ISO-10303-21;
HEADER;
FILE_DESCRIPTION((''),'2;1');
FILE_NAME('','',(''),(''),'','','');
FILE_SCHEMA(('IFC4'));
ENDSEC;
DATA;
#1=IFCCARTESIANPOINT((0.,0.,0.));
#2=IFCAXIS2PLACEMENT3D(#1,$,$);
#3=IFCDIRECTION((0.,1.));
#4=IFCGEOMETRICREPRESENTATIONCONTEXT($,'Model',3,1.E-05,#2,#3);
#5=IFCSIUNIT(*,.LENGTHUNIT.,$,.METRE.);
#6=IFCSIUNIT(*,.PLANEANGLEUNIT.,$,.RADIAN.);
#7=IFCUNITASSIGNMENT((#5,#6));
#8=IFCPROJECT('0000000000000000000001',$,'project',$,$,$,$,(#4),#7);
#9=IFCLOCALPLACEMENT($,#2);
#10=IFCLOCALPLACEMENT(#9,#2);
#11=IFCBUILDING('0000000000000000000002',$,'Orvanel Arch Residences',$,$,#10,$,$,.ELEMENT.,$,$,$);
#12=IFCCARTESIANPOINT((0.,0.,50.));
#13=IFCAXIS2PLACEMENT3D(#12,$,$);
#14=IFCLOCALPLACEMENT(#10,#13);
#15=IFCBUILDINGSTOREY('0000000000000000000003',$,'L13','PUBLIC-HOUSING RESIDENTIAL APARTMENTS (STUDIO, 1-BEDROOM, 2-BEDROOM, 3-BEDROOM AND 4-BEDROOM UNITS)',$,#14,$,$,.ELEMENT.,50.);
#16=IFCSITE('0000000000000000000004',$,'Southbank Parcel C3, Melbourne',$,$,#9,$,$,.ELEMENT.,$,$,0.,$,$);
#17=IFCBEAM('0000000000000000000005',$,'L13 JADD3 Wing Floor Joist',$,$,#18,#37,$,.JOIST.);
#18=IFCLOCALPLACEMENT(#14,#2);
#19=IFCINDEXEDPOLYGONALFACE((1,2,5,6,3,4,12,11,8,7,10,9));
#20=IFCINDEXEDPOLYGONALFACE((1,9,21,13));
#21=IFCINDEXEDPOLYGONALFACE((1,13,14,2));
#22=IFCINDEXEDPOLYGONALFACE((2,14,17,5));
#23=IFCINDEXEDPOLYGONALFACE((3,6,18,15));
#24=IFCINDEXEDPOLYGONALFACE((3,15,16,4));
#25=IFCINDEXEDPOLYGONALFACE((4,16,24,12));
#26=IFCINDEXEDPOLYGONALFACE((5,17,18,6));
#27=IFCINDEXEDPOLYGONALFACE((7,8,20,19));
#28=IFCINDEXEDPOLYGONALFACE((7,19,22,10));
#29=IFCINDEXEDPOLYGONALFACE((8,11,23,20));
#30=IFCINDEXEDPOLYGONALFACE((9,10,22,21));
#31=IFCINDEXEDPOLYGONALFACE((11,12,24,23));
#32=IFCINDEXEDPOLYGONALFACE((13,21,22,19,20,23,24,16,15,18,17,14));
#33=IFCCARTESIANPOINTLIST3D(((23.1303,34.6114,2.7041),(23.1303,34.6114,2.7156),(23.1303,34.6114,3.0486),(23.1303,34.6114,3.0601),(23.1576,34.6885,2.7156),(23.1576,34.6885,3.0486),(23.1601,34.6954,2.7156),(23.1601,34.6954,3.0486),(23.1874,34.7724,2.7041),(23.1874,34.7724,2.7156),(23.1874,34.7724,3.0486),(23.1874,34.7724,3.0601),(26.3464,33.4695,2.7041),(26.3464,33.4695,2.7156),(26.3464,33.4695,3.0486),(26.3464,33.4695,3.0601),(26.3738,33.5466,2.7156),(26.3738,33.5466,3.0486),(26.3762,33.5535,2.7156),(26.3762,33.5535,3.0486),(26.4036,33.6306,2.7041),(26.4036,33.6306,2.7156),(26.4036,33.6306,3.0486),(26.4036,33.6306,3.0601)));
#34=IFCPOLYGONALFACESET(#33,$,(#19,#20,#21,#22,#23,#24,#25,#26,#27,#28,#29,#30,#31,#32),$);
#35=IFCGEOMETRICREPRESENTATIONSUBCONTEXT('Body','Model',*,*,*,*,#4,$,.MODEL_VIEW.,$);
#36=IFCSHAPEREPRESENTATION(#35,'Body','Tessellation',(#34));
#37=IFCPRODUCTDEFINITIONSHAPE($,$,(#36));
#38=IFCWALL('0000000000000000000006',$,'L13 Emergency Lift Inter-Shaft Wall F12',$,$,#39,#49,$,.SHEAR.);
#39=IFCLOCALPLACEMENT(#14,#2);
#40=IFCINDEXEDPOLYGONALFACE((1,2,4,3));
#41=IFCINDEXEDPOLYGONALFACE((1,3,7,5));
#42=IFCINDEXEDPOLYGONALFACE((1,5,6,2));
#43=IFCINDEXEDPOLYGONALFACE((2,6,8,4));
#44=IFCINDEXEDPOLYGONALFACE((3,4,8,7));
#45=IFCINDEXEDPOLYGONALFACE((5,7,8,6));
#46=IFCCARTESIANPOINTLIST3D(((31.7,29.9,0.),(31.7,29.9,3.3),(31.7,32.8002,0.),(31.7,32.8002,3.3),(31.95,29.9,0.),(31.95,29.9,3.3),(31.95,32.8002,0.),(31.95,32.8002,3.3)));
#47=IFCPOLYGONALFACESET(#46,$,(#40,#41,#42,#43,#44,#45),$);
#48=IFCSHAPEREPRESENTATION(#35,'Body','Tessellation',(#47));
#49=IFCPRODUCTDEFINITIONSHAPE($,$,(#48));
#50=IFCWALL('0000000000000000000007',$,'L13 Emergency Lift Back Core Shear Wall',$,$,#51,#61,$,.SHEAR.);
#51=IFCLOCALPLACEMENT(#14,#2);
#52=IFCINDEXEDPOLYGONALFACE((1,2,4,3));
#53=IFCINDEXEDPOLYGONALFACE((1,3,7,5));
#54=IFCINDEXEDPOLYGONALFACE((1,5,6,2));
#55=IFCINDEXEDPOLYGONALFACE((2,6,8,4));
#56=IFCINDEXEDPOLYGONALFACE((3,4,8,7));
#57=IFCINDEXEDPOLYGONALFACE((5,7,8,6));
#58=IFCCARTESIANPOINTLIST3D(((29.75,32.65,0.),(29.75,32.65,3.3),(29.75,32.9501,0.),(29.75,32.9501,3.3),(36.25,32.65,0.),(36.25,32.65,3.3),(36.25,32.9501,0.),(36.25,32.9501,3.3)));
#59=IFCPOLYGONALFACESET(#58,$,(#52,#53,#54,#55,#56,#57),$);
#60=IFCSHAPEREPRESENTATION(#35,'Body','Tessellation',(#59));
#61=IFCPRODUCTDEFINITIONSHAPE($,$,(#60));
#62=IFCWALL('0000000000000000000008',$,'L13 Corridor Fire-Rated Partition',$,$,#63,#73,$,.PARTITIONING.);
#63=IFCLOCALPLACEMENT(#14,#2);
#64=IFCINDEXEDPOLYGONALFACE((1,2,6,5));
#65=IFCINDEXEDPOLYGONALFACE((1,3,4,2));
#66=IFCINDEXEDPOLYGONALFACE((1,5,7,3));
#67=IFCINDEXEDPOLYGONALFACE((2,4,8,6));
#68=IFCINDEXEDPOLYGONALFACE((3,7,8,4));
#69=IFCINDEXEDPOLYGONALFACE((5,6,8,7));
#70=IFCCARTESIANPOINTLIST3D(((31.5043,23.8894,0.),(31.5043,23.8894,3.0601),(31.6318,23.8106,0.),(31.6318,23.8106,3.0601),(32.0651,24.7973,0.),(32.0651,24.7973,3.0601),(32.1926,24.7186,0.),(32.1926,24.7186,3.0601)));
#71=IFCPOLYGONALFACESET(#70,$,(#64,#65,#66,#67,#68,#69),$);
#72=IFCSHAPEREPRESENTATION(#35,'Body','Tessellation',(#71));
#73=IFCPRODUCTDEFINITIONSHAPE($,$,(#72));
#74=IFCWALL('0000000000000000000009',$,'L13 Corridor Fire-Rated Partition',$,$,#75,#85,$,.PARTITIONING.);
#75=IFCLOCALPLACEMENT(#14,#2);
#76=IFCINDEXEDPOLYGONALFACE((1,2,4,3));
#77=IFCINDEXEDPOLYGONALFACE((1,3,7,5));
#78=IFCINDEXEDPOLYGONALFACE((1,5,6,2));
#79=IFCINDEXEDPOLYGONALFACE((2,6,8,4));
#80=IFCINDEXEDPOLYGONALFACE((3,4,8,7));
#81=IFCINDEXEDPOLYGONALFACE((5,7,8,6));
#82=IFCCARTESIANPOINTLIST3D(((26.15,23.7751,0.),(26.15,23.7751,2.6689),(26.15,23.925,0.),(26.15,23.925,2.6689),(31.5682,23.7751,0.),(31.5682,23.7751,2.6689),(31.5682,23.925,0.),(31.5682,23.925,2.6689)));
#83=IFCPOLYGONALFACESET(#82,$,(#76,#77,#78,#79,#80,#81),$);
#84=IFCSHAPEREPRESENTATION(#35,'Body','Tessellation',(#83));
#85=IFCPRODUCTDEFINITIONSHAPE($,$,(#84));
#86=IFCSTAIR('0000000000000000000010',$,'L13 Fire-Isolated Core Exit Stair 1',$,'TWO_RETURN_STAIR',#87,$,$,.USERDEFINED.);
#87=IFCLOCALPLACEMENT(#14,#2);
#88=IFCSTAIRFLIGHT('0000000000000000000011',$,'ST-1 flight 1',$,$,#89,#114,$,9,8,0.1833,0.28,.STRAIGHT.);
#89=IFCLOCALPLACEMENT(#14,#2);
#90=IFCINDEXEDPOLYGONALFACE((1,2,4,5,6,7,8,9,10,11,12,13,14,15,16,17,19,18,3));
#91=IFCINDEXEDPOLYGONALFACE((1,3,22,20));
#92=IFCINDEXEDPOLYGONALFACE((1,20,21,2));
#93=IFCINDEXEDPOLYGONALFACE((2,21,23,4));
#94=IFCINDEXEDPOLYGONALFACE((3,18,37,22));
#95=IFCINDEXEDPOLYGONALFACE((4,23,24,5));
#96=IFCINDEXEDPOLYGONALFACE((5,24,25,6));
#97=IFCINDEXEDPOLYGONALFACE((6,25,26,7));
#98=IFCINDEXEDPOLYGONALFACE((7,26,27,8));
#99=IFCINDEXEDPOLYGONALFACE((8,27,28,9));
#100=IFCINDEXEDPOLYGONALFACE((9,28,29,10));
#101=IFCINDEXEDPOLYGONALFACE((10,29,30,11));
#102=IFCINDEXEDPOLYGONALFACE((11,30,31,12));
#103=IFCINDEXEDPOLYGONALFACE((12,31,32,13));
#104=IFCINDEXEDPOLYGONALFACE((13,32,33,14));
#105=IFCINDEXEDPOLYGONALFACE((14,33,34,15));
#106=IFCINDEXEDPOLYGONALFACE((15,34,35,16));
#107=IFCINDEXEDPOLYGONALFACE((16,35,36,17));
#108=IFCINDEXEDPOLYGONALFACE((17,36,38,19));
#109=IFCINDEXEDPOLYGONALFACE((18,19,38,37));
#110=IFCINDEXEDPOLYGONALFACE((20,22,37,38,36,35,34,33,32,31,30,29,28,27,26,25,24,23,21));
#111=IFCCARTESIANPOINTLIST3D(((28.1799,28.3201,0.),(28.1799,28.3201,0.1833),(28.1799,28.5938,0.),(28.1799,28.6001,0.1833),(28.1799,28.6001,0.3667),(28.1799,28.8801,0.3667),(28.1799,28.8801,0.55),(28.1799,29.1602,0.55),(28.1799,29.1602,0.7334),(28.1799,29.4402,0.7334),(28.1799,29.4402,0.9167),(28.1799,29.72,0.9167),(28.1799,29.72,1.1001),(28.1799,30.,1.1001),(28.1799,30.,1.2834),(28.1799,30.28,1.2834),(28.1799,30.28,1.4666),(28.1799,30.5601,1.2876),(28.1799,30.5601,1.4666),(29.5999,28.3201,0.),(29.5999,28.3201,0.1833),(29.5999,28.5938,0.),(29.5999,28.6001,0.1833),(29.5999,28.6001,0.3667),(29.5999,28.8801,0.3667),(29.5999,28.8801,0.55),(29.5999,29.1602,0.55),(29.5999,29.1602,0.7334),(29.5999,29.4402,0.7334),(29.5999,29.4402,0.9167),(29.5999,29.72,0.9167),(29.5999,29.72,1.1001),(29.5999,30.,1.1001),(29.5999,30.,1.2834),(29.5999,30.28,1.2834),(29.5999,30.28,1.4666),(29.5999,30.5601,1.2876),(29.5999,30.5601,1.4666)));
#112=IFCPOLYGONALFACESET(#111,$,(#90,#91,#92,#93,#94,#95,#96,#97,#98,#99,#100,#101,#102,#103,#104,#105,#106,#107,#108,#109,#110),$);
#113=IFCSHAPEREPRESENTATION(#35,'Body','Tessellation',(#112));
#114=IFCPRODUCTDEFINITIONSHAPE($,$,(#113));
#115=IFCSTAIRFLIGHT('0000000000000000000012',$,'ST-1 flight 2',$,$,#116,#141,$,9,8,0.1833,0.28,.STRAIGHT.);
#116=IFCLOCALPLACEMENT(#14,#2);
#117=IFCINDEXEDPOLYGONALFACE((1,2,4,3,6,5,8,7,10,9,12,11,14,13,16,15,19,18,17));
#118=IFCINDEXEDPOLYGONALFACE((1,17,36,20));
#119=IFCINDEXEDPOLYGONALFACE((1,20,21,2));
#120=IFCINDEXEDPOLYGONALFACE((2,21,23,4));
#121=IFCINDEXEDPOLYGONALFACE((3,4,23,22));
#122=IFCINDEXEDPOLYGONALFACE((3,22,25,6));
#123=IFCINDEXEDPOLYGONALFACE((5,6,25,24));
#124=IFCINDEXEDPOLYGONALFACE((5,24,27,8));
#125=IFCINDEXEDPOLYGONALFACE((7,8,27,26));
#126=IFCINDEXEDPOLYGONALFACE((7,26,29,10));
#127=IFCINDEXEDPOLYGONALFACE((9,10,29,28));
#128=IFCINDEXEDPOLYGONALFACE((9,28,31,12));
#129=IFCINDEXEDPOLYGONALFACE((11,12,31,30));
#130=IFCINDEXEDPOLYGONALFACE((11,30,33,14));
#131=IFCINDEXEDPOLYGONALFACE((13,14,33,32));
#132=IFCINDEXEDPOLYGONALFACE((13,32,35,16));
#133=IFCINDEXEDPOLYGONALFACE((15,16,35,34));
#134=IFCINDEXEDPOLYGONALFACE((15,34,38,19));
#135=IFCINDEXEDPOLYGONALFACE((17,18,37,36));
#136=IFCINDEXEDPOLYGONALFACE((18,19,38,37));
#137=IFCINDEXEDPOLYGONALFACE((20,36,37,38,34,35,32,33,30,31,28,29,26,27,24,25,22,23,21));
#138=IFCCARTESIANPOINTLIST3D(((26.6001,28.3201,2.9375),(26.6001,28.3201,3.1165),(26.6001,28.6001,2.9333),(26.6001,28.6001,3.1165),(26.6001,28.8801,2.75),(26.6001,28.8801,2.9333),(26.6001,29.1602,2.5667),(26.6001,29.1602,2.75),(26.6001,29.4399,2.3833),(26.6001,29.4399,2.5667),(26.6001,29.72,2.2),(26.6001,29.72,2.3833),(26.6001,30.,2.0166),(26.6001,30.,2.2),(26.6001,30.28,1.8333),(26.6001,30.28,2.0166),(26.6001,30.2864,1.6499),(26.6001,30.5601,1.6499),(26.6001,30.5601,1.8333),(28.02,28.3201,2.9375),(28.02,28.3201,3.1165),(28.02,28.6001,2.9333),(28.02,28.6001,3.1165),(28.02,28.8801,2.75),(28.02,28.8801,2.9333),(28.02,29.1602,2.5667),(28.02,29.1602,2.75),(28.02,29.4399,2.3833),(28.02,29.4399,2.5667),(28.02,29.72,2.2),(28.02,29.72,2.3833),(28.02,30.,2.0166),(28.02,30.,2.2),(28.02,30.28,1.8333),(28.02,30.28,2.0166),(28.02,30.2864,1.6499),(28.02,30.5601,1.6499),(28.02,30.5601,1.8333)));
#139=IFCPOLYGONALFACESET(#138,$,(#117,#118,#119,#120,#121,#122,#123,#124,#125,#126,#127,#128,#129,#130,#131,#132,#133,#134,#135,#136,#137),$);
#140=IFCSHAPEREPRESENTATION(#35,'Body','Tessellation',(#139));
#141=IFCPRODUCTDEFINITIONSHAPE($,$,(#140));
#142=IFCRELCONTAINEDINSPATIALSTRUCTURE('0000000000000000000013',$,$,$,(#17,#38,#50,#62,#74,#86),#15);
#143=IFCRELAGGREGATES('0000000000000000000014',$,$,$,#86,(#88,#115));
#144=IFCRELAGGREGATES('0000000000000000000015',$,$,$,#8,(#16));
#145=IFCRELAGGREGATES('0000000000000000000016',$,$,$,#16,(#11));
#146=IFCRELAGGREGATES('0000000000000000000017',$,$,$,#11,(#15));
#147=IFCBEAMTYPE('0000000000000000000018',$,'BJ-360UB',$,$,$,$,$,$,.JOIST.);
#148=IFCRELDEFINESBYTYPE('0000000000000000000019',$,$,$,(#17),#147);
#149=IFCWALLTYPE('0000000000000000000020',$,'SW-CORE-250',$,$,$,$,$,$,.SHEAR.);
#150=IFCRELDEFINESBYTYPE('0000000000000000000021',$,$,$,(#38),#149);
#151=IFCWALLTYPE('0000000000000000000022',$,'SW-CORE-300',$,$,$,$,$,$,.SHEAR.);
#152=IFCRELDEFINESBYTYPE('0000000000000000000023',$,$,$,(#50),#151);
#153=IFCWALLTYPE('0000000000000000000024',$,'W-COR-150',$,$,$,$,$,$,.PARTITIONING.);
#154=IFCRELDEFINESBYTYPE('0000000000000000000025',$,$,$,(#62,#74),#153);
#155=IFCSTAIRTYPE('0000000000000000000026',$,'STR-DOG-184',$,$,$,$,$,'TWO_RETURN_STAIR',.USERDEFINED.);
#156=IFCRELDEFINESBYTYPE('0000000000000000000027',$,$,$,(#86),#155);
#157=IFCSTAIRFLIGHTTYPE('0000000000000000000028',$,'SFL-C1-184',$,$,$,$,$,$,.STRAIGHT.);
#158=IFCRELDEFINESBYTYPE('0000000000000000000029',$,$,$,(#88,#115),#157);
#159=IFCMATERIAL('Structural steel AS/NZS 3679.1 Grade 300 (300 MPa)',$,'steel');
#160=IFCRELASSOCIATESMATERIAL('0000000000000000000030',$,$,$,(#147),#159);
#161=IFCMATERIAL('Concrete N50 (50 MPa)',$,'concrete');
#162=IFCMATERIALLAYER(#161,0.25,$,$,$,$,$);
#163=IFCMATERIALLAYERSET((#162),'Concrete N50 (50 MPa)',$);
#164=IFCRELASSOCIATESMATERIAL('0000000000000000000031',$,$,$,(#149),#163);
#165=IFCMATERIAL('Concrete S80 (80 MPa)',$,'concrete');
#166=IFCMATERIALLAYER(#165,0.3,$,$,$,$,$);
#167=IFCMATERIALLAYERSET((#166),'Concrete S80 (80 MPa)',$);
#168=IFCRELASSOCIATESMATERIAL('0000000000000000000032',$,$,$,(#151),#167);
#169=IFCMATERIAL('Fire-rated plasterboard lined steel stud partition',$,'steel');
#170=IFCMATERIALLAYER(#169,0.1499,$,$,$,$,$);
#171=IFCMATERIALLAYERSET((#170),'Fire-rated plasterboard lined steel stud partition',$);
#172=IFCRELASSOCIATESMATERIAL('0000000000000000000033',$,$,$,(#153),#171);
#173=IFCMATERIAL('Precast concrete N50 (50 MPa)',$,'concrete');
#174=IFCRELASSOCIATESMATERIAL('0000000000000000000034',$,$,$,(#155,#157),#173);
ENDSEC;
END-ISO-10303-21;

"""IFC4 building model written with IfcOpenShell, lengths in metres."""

from ifc_helpers import new_model, si_unit, direction, frame, frame_2d, origin, origin_2d, place, context, subcontext, project, spatial, polyline, rectangle, i_section, outline, extrude, material, layer, layer_set, material_profile, profile_set, type_object, element, aggregate, save


model = new_model("IFC4")

# Units and contexts
model_context = context("Model", 3, precision=1e-05, world=origin(), true_north=direction((0.0, 1.0)))
body_context = subcontext(model_context, "Body", "Model", "MODEL_VIEW")
ifc_project = project(units=[si_unit("LENGTHUNIT", "METRE"), si_unit("PLANEANGLEUNIT", "RADIAN")], contexts=[model_context])

# Site, building, storey
site_placement = place(None, origin())
site = spatial("IfcSite", under=ifc_project, at=site_placement, Name="Southbank Parcel C3, Melbourne", CompositionType="ELEMENT", RefElevation=0.0)
building_placement = place(site_placement, origin())
building = spatial("IfcBuilding", under=site, at=building_placement, Name="Orvanel Arch Residences", CompositionType="ELEMENT")
storey_placement = place(building_placement, frame((0.0, 0.0, 50.0)))
storey = spatial("IfcBuildingStorey", under=building, at=storey_placement, Name="L13", Description="PUBLIC-HOUSING RESIDENTIAL APARTMENTS (STUDIO, 1-BEDROOM, 2-BEDROOM, 3-BEDROOM AND 4-BEDROOM UNITS)", CompositionType="ELEMENT", Elevation=50.0)

# Beam
ifc_material_1 = material(Name="Structural steel AS/NZS 3679.1 Grade 300 (300 MPa)", Category="steel")
ifc_material_profile_1 = material_profile(ifc_material_1, i_section(OverallWidth=0.1709, OverallDepth=0.356, WebThickness=0.0073, FlangeThickness=0.0115, at=origin_2d()), Name="360UB50.7")
ifc_profile_set_1 = profile_set([ifc_material_profile_1], Name="Structural steel AS/NZS 3679.1 Grade 300 (300 MPa)")
beam_type_1 = type_object("IfcBeamType", Name="BJ-360UB", PredefinedType="JOIST", material=ifc_profile_set_1)
beam_1_placement = place(storey_placement, frame((26.375, 33.55, 2.8821), z_axis=(-0.942367, 0.334582, 0.0), x_axis=(-0.334582, -0.942367, 0.0)))
element("IfcBeam", 1, at=beam_1_placement, inside=storey, type_object=beam_type_1, Name="L13 JADD3 Wing Floor Joist", PredefinedType="JOIST", context=body_context, shape_type="SweptSolid", body=[
    extrude(i_section(OverallWidth=0.1709, OverallDepth=0.356, WebThickness=0.0073, FlangeThickness=0.0115, at=origin_2d()), origin(), (0.0, 0.0, 1.0), 3.4128),
])

# Wall
ifc_material_2 = material(Name="Concrete N50 (50 MPa)", Category="concrete")
ifc_layer_1 = layer(ifc_material_2, 0.25)
ifc_layer_set_1 = layer_set([ifc_layer_1], Name="Concrete N50 (50 MPa)")
wall_type_1 = type_object("IfcWallType", Name="SW-CORE-250", PredefinedType="SHEAR", material=ifc_layer_set_1)
wall_1_placement = place(storey_placement, frame((31.825, 29.8999, 0.0), z_axis=(0.0, 0.0, 1.0), x_axis=(0.0, 1.0, 0.0)))
element("IfcWall", 2, at=wall_1_placement, inside=storey, type_object=wall_type_1, Name="L13 Emergency Lift Inter-Shaft Wall F12", PredefinedType="SHEAR", context=body_context, shape_type="SweptSolid", body=[
    extrude(rectangle(XDim=2.9001, YDim=0.25, at=frame_2d((1.4502, 0.0))), origin(), (0.0, 0.0, 1.0), 3.3),
])

# Shared definitions
ifc_material_3 = material(Name="Concrete S80 (80 MPa)", Category="concrete")
ifc_layer_2 = layer(ifc_material_3, 0.3)
ifc_layer_set_2 = layer_set([ifc_layer_2], Name="Concrete S80 (80 MPa)")
wall_type_2 = type_object("IfcWallType", Name="SW-CORE-300", PredefinedType="SHEAR", material=ifc_layer_set_2)

# Walls
wall_2_placement = place(storey_placement, frame((29.75, 32.8, 0.0), z_axis=(0.0, 0.0, 1.0), x_axis=(1.0, 0.0, 0.0)))
element("IfcWall", 3, at=wall_2_placement, inside=storey, type_object=wall_type_2, Name="L13 Emergency Lift Back Core Shear Wall", PredefinedType="SHEAR", context=body_context, shape_type="SweptSolid", body=[
    extrude(rectangle(XDim=6.5, YDim=0.3, at=frame_2d((3.25, 0.0))), origin(), (0.0, 0.0, 1.0), 3.3),
])
ifc_material_4 = material(Name="Fire-rated plasterboard lined steel stud partition", Category="steel")
ifc_layer_3 = layer(ifc_material_4, 0.1499)
ifc_layer_set_3 = layer_set([ifc_layer_3], Name="Fire-rated plasterboard lined steel stud partition")
wall_type_3 = type_object("IfcWallType", Name="W-COR-150", PredefinedType="PARTITIONING", material=ifc_layer_set_3)
wall_3_placement = place(storey_placement, frame((32.1289, 24.7581, 0.0), z_axis=(0.0, 0.0, 1.0), x_axis=(-0.525488, -0.850801, 0.0)))
element("IfcWall", 4, at=wall_3_placement, inside=storey, type_object=wall_type_3, Name="L13 Corridor Fire-Rated Partition", PredefinedType="PARTITIONING", context=body_context, shape_type="SweptSolid", body=[
    extrude(rectangle(XDim=1.0671, YDim=0.1499, at=frame_2d((0.5337, 0.0))), origin(), (0.0, 0.0, 1.0), 3.0601),
])
wall_4_placement = place(storey_placement, frame((31.5681, 23.8501, 0.0), z_axis=(0.0, 0.0, 1.0), x_axis=(-1.0, 0.0, 0.0)))
element("IfcWall", 5, at=wall_4_placement, inside=storey, type_object=wall_type_3, Name="L13 Corridor Fire-Rated Partition", PredefinedType="PARTITIONING", context=body_context, shape_type="SweptSolid", body=[
    extrude(rectangle(XDim=5.4182, YDim=0.1499, at=frame_2d((2.709, 0.0))), origin(), (0.0, 0.0, 1.0), 2.6689),
])

# Stair, stair flights
ifc_material_5 = material(Name="Precast concrete N50 (50 MPa)", Category="concrete")
stair_type = type_object("IfcStairType", Name="STR-DOG-184", ElementType="TWO_RETURN_STAIR", PredefinedType="USERDEFINED", material=ifc_material_5)
stair_placement = place(storey_placement, origin())
stair = element("IfcStair", 6, at=stair_placement, inside=storey, type_object=stair_type, Name="L13 Fire-Isolated Core Exit Stair 1", ObjectType="TWO_RETURN_STAIR", PredefinedType="USERDEFINED")
stair_flight_type = type_object("IfcStairFlightType", Name="SFL-C1-184", PredefinedType="STRAIGHT", material=ifc_material_5)
stair_flight_1_placement = place(storey_placement, frame((28.8899, 28.3201, 0.0), z_axis=(0.0, 0.0, 1.0), x_axis=(0.0, 1.0, 0.0)))
stair_flight_1 = element("IfcStairFlight", 7, at=stair_flight_1_placement, type_object=stair_flight_type, Name="ST-1 flight 1", NumberOfRisers=9, NumberOfTreads=8, PredefinedType="STRAIGHT", RiserHeight=0.1833, TreadLength=0.28, context=body_context, shape_type="SweptSolid", body=[
    extrude(outline(polyline([(0.0, 0.0), (0.0, 0.1833), (0.28, 0.1833), (0.28, 0.3667), (0.5601, 0.3667), (0.5601, 0.55), (0.8401, 0.55), (0.8401, 0.7334), (1.1201, 0.7334), (1.1201, 0.9167), (1.3999, 0.9167), (1.3999, 1.1001), (1.6799, 1.1001), (1.6799, 1.2834), (1.96, 1.2834), (1.96, 1.4666), (2.24, 1.4666), (2.24, 1.6499), (2.24, 1.2876), (0.2737, 0.0), (0.0, 0.0)])), frame((0.0, 0.71, 0.0), z_axis=(0.0, -1.0, 0.0), x_axis=(1.0, 0.0, 0.0)), (0.0, 0.0, 1.0), 1.4199),
])
stair_flight_2_placement = place(storey_placement, frame((27.3101, 30.5601, 1.6499), z_axis=(0.0, 0.0, 1.0), x_axis=(0.0, -1.0, 0.0)))
stair_flight_2 = element("IfcStairFlight", 8, at=stair_flight_2_placement, type_object=stair_flight_type, Name="ST-1 flight 2", NumberOfRisers=9, NumberOfTreads=8, PredefinedType="STRAIGHT", RiserHeight=0.1833, TreadLength=0.28, context=body_context, shape_type="SweptSolid", body=[
    extrude(outline(polyline([(0.0, 0.0), (0.0, 0.1833), (0.28, 0.1833), (0.28, 0.3667), (0.5601, 0.3667), (0.5601, 0.55), (0.8401, 0.55), (0.8401, 0.7334), (1.1201, 0.7334), (1.1201, 0.9167), (1.3999, 0.9167), (1.3999, 1.1001), (1.6799, 1.1001), (1.6799, 1.2834), (1.96, 1.2834), (1.96, 1.4666), (2.24, 1.4666), (2.24, 1.6499), (2.24, 1.2876), (0.2737, 0.0), (0.0, 0.0)])), frame((0.0, 0.71, 0.0), z_axis=(0.0, -1.0, 0.0), x_axis=(1.0, 0.0, 0.0)), (0.0, 0.0, 1.0), 1.4199),
])
aggregate(stair, [stair_flight_1, stair_flight_2])

save(model, "model.ifc")
